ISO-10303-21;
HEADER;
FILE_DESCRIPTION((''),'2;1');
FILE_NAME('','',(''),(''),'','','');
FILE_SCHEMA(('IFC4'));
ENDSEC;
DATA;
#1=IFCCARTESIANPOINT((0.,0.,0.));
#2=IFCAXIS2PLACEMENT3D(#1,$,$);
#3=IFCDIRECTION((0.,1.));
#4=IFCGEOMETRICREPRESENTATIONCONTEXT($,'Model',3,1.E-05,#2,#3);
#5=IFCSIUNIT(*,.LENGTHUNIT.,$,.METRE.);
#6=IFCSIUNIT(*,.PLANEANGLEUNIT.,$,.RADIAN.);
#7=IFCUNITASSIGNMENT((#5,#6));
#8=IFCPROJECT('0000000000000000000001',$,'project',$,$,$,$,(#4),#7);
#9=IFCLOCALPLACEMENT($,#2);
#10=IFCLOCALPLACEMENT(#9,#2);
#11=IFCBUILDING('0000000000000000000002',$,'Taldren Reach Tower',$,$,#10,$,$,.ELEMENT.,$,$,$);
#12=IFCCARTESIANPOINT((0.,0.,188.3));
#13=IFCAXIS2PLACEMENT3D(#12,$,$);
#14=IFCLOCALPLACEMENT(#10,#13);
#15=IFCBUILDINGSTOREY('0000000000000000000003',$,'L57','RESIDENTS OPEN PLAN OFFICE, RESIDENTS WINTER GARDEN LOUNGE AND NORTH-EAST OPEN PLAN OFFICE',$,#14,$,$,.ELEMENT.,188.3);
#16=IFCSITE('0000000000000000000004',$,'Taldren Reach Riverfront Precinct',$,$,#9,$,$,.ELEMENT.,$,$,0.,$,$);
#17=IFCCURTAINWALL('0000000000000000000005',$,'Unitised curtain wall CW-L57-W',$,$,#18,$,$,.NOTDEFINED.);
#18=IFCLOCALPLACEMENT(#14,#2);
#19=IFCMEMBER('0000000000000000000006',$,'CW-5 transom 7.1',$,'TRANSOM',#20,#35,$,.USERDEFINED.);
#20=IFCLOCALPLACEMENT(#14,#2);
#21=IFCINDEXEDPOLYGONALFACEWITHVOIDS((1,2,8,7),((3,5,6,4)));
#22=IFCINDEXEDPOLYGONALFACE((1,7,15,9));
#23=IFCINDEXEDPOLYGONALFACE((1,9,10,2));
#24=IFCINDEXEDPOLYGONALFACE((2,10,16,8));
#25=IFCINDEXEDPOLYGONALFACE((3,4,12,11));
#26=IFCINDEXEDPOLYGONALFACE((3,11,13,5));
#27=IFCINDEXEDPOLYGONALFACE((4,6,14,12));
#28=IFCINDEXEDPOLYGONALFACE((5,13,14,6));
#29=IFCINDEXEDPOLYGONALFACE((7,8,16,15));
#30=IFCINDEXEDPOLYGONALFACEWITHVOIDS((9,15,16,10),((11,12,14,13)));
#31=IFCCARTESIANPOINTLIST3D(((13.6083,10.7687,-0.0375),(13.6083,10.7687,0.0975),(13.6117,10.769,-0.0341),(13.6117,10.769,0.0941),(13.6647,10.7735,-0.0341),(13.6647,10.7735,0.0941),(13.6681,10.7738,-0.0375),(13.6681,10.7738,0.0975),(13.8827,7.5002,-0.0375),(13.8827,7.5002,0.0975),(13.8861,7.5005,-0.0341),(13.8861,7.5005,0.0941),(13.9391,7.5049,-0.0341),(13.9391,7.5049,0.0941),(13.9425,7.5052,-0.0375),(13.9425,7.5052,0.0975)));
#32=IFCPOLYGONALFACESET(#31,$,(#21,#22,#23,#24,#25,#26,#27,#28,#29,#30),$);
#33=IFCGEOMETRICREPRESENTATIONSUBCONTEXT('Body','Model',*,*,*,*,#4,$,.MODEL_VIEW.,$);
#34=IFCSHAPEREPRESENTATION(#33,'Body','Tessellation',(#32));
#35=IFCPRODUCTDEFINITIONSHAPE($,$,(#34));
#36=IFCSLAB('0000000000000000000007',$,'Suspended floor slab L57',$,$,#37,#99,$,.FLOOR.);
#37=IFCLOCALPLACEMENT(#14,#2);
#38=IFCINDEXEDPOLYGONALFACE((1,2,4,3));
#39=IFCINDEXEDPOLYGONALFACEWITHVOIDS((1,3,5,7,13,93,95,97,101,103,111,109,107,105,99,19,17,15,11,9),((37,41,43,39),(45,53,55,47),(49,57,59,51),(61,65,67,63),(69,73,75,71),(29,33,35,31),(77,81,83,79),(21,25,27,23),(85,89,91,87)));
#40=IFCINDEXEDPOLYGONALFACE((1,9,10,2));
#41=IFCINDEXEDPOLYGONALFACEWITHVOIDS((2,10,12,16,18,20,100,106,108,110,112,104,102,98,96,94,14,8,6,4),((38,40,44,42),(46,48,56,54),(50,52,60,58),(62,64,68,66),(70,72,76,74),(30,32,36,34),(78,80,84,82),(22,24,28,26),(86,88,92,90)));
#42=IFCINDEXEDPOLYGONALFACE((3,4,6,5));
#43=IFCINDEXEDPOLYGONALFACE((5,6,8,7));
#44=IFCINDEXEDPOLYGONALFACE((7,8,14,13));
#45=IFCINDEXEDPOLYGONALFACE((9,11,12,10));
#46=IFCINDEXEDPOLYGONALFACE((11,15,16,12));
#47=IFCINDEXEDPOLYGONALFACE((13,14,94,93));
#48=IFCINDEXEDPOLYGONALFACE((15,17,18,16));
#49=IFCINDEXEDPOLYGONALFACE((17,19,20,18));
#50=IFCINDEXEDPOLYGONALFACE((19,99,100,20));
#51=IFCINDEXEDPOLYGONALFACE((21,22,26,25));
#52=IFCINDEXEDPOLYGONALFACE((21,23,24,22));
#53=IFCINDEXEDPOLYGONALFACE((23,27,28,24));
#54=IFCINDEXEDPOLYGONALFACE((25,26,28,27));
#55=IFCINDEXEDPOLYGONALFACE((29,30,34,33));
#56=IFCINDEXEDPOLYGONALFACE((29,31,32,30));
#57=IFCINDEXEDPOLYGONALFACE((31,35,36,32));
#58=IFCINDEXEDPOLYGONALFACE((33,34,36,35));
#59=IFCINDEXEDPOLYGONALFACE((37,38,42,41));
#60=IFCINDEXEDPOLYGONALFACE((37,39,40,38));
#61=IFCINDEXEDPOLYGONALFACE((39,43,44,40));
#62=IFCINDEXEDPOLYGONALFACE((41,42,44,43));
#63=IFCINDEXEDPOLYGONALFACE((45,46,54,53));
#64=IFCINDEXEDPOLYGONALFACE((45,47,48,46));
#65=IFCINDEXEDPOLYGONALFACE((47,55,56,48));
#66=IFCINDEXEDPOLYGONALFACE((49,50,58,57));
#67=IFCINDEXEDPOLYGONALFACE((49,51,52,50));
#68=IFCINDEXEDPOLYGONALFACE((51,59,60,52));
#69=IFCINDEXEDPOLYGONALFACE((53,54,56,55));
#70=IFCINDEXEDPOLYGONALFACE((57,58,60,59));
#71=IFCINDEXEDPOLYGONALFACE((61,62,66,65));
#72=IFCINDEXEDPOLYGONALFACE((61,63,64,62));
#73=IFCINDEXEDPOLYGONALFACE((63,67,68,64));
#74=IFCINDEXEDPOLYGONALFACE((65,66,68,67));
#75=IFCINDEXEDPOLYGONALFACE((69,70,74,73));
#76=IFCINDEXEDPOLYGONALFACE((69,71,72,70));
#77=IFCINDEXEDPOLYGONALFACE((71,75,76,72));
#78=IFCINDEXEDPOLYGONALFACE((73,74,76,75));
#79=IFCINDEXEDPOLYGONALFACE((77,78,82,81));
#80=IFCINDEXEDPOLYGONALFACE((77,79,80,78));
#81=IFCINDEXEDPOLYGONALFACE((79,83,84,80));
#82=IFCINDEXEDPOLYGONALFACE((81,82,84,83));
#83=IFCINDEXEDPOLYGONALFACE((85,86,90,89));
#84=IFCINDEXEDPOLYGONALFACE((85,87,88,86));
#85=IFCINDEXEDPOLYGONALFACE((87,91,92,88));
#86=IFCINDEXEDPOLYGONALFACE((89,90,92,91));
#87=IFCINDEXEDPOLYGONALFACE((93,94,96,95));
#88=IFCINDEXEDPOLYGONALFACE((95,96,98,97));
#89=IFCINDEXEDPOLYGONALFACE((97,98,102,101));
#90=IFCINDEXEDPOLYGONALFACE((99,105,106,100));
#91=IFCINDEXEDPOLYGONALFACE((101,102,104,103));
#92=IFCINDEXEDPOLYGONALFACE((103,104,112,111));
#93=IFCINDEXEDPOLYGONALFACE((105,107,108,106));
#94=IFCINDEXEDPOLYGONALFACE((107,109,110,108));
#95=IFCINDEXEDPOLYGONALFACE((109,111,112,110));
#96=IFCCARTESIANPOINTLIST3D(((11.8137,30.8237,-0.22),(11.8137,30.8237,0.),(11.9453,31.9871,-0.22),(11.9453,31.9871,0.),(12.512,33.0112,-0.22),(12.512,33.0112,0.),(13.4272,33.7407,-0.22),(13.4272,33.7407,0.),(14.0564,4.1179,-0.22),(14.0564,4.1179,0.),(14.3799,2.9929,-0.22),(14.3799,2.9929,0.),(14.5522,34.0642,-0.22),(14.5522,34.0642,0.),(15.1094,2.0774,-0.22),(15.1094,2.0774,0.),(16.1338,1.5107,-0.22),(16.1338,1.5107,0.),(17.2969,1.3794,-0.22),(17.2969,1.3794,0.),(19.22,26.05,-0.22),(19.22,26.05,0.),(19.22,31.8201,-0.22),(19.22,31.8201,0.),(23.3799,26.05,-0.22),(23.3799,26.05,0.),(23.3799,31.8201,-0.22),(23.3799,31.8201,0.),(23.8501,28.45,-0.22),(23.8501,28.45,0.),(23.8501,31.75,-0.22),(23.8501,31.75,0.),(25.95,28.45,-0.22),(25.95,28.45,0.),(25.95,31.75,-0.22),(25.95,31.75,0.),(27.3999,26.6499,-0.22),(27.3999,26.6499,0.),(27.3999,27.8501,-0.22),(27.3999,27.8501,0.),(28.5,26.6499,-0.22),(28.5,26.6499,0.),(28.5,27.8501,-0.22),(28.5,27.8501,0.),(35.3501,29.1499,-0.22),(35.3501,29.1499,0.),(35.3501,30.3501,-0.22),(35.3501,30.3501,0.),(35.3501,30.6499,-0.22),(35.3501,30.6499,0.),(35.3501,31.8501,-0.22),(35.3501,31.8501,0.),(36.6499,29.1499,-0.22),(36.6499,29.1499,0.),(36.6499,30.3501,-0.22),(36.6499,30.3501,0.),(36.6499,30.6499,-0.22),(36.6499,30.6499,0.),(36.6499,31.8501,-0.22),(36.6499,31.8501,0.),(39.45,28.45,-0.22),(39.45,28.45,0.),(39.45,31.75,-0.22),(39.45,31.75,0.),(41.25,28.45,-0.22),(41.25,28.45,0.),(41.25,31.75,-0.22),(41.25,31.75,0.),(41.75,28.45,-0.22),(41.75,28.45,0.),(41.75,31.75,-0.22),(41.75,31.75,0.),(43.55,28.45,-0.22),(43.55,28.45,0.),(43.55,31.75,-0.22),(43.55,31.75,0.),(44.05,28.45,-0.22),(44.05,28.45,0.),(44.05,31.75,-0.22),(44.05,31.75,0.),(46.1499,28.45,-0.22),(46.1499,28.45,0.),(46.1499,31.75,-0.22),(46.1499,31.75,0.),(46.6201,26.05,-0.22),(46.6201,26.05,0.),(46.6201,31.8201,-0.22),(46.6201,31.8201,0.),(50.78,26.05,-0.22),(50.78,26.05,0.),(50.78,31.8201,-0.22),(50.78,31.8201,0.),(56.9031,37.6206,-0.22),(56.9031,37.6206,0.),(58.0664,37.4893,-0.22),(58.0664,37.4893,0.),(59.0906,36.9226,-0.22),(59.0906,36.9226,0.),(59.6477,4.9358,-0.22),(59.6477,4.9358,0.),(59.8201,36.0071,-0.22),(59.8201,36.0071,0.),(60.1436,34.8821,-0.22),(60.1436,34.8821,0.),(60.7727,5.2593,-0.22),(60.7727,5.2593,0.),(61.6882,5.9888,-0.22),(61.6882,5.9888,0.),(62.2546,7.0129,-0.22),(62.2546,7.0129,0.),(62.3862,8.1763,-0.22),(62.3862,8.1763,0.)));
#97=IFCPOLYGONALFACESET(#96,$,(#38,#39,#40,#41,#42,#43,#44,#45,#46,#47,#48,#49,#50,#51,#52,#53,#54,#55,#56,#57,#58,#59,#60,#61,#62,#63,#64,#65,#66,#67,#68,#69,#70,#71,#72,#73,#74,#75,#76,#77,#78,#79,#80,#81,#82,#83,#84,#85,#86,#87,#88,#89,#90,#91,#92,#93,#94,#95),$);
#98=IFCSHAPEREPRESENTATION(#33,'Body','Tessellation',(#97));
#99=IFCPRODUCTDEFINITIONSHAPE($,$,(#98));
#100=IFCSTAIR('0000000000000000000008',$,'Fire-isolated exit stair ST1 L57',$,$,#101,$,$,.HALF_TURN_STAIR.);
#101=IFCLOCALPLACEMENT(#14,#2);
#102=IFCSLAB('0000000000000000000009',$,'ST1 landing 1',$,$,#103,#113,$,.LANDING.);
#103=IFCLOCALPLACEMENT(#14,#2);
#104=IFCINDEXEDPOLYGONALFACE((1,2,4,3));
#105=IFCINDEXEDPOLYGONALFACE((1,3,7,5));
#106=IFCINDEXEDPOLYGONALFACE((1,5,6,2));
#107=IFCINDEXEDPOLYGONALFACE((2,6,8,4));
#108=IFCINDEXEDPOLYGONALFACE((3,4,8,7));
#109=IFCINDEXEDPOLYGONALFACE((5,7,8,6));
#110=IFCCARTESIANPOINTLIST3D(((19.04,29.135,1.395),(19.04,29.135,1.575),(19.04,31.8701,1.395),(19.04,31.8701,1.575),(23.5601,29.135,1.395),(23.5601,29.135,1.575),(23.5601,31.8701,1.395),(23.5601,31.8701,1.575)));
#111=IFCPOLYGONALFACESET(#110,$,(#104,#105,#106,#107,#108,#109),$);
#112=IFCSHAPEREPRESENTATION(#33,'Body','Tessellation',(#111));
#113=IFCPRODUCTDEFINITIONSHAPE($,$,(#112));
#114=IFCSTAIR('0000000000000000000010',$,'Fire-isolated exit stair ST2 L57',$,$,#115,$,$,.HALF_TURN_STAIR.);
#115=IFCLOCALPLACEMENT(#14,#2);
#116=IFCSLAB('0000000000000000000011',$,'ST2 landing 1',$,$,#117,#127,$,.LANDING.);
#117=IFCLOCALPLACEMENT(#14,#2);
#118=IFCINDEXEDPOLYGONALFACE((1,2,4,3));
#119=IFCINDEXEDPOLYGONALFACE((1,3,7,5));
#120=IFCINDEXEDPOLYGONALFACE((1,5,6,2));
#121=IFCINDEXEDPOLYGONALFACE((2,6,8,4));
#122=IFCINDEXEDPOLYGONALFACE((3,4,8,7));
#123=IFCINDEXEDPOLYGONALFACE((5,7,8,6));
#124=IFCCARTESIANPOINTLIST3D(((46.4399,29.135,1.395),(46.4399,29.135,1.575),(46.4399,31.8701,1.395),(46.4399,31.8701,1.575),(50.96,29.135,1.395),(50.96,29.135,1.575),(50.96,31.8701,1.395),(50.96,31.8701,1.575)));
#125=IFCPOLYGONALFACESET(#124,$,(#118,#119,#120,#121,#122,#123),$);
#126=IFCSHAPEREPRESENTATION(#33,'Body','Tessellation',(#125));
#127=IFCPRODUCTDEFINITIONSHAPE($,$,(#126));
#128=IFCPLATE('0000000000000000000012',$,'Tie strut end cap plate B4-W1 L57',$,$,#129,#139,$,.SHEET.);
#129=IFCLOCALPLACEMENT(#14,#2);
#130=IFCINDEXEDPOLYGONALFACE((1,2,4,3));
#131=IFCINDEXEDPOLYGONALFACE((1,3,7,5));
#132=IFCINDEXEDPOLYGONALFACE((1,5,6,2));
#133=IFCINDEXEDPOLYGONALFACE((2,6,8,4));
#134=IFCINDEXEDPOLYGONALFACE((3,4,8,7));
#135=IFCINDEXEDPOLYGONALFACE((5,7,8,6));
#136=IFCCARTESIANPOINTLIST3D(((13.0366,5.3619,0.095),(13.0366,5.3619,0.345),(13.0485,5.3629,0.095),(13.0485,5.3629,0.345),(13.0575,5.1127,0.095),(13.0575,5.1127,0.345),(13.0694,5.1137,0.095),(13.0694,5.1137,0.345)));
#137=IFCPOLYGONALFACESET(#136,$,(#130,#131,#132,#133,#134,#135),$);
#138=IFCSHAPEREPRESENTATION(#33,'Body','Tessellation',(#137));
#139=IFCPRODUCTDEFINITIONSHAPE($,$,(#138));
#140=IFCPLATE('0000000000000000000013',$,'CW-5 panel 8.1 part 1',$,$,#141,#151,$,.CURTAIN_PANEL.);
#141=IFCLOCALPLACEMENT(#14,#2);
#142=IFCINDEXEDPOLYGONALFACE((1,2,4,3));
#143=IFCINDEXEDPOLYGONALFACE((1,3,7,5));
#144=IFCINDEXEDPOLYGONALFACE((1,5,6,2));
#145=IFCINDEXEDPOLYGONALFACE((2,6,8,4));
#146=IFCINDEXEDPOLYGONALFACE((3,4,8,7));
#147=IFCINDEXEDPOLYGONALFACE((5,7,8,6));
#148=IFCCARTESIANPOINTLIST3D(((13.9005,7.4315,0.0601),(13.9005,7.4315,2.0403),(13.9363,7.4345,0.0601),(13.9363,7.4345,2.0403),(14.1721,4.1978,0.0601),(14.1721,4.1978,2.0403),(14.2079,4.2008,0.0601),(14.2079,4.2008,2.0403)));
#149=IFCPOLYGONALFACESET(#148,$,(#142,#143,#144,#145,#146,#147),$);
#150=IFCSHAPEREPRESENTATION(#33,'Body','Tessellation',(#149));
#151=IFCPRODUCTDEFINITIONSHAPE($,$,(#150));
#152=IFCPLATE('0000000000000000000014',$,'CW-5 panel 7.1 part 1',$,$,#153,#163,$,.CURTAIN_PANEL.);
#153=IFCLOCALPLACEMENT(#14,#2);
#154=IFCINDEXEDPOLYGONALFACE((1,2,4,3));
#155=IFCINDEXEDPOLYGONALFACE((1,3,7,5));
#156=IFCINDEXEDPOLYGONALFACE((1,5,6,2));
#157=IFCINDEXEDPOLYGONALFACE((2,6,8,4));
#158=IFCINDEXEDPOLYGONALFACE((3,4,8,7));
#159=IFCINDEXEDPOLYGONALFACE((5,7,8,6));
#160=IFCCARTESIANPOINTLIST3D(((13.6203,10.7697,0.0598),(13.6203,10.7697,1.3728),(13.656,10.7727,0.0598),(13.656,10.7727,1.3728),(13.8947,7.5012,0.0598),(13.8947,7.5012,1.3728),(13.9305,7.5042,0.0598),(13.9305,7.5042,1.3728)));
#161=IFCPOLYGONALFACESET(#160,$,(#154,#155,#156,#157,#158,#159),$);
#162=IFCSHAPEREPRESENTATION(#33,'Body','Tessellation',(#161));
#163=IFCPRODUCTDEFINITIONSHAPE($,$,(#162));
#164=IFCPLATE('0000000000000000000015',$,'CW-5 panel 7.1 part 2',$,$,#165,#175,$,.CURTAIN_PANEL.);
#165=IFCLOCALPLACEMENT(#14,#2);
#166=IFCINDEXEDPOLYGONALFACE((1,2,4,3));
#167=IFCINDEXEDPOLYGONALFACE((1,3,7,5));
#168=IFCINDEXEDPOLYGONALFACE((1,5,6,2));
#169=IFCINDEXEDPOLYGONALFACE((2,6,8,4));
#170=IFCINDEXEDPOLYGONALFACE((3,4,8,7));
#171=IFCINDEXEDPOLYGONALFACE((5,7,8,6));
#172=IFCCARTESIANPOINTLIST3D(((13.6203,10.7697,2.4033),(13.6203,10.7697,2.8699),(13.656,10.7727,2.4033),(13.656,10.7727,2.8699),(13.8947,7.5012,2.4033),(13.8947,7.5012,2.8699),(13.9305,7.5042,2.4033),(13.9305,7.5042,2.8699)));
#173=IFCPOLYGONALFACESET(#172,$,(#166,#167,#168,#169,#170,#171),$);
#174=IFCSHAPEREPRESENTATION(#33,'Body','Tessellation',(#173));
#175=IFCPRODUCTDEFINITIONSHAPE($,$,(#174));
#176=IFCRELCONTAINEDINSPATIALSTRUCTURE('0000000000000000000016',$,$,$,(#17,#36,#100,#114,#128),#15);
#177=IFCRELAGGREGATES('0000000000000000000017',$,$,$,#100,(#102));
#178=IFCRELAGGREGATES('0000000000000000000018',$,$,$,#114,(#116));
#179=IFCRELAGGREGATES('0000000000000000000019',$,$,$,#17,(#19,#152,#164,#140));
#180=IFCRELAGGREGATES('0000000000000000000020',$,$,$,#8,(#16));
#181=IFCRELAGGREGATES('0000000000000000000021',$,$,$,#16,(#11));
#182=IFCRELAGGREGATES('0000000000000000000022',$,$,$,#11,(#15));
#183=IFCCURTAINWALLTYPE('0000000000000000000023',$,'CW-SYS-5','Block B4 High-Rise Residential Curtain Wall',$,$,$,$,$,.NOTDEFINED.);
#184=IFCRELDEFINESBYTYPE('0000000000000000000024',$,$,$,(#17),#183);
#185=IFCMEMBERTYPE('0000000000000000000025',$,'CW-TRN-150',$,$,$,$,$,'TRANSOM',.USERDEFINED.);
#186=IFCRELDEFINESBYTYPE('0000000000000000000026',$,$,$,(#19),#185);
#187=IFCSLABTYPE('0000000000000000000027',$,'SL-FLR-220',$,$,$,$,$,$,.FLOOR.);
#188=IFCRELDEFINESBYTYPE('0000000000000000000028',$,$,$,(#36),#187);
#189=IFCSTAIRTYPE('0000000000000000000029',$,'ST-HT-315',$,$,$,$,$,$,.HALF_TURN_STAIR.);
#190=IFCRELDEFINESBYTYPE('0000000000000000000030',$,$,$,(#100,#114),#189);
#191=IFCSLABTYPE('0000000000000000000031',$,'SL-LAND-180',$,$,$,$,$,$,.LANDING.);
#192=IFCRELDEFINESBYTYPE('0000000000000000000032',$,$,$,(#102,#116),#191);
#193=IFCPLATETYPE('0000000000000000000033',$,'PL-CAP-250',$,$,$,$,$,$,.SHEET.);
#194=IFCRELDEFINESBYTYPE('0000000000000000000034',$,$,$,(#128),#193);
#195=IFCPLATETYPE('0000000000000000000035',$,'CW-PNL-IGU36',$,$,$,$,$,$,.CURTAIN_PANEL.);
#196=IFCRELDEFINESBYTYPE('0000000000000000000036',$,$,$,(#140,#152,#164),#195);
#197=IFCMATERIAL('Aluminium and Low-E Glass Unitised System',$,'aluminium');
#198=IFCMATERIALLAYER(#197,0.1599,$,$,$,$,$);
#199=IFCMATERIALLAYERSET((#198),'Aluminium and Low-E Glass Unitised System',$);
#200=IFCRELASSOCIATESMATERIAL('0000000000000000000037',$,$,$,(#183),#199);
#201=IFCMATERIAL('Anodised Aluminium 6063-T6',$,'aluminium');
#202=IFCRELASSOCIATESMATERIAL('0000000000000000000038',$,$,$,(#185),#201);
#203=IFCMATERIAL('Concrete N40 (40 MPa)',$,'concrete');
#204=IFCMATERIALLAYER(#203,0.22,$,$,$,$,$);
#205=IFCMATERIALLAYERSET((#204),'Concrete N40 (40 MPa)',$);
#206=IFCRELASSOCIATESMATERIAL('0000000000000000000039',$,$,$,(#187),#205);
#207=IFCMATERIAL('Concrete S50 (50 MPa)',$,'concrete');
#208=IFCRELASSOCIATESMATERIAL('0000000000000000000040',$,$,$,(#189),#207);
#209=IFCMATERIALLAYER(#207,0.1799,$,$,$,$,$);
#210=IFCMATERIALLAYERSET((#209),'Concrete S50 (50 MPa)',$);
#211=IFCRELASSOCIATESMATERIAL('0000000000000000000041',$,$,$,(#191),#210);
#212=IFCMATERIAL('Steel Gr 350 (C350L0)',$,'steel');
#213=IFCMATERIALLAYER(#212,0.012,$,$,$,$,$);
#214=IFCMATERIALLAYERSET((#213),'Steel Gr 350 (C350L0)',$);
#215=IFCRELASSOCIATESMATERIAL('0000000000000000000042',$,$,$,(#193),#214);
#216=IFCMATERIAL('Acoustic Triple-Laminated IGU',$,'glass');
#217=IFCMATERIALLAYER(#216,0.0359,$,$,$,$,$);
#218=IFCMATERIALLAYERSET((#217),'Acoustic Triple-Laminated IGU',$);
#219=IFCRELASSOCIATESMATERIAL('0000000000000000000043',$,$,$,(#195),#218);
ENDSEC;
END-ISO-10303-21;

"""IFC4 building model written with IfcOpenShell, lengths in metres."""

from ifc_helpers import new_model, si_unit, direction, frame, origin, origin_2d, place, context, subcontext, project, spatial, polyline, rectangle, hollow_rectangle, outline, extrude, source, transform, mapped, material, layer, layer_set, material_profile, profile_set, type_object, element, aggregate, save


model = new_model("IFC4")

# Units and contexts
model_context = context("Model", 3, precision=1e-05, world=origin(), true_north=direction((0.0, 1.0)))
body_context = subcontext(model_context, "Body", "Model", "MODEL_VIEW")
ifc_project = project(units=[si_unit("LENGTHUNIT", "METRE"), si_unit("PLANEANGLEUNIT", "RADIAN")], contexts=[model_context])

# Site, building, storey
site_placement = place(None, origin())
site = spatial("IfcSite", under=ifc_project, at=site_placement, Name="Taldren Reach Riverfront Precinct", CompositionType="ELEMENT", RefElevation=0.0)
building_placement = place(site_placement, origin())
building = spatial("IfcBuilding", under=site, at=building_placement, Name="Taldren Reach Tower", CompositionType="ELEMENT")
storey_placement = place(building_placement, frame((0.0, 0.0, 188.3)))
storey = spatial("IfcBuildingStorey", under=building, at=storey_placement, Name="L57", Description="RESIDENTS OPEN PLAN OFFICE, RESIDENTS WINTER GARDEN LOUNGE AND NORTH-EAST OPEN PLAN OFFICE", CompositionType="ELEMENT", Elevation=188.3)

# Shared definitions
ifc_material_1 = material(Name="Steel Gr 350 (C350L0)", Category="steel")

# Shared definitions
ifc_material_2 = material(Name="Aluminium and Low-E Glass Unitised System", Category="aluminium")
ifc_layer_1 = layer(ifc_material_2, 0.1599)
ifc_layer_set_1 = layer_set([ifc_layer_1], Name="Aluminium and Low-E Glass Unitised System")
curtain_wall_type = type_object("IfcCurtainWallType", Name="CW-SYS-5", Description="Block B4 High-Rise Residential Curtain Wall", PredefinedType="NOTDEFINED", material=ifc_layer_set_1)
ifc_material_3 = material(Name="Anodised Aluminium 6063-T6", Category="aluminium")

# Curtain wall
curtain_wall_1_placement = place(storey_placement, origin())
curtain_wall_1 = element("IfcCurtainWall", 1, at=curtain_wall_1_placement, inside=storey, type_object=curtain_wall_type, Name="Unitised curtain wall CW-L57-W", PredefinedType="NOTDEFINED")

# Member
ifc_material_profile_1 = material_profile(ifc_material_3, hollow_rectangle(XDim=0.0601, YDim=0.135, WallThickness=0.0034, at=origin_2d()), Name="ALU-135x60x3.5RHS")
ifc_profile_set_1 = profile_set([ifc_material_profile_1], Name="Anodised Aluminium 6063-T6")
member_type_1 = type_object("IfcMemberType", Name="CW-TRN-150", ElementType="TRANSOM", PredefinedType="USERDEFINED", material=ifc_profile_set_1)
shared_shape_1 = source(origin(), body_context, "Body", "SweptSolid", [
    extrude(hollow_rectangle(XDim=0.0601, YDim=0.135, WallThickness=0.0034, at=origin_2d()), origin(), (0.0, 0.0, 1.0), 3.28),
])
member_1_placement = place(storey_placement, frame((13.6382, 10.7712, 0.03), z_axis=(0.083661, -0.996494, 0.0), x_axis=(0.996494, 0.083661, 0.0)))
member_1 = element("IfcMember", 2, at=member_1_placement, type_object=member_type_1, Name="CW-5 transom 7.1", ObjectType="TRANSOM", PredefinedType="USERDEFINED", context=body_context, shape_type="MappedRepresentation", body=[
    mapped(shared_shape_1, transform((0.0, 0.0, 0.0), scale=1.0)),
])

# Slab
ifc_material_4 = material(Name="Concrete N40 (40 MPa)", Category="concrete")
ifc_layer_2 = layer(ifc_material_4, 0.22)
ifc_layer_set_2 = layer_set([ifc_layer_2], Name="Concrete N40 (40 MPa)")
slab_type_1 = type_object("IfcSlabType", Name="SL-FLR-220", PredefinedType="FLOOR", material=ifc_layer_set_2)
slab_1_placement = place(storey_placement, frame((0.0, 0.0, -0.22)))
element("IfcSlab", 3, at=slab_1_placement, inside=storey, type_object=slab_type_1, Name="Suspended floor slab L57", PredefinedType="FLOOR", context=body_context, shape_type="SweptSolid", body=[
    extrude(outline(polyline([(59.6477, 4.9358), (60.7727, 5.2593), (61.6882, 5.9888), (62.2546, 7.0129), (62.3862, 8.1763), (60.1436, 34.8821), (59.8201, 36.0071), (59.0906, 36.9226), (58.0664, 37.4893), (56.9031, 37.6206), (14.5522, 34.0642), (13.4272, 33.7407), (12.512, 33.0112), (11.9453, 31.9871), (11.8137, 30.8237), (14.0564, 4.1179), (14.3799, 2.9929), (15.1094, 2.0774), (16.1338, 1.5107), (17.2969, 1.3794), (59.6477, 4.9358)]), holes=[polyline([(19.22, 26.05), (23.3799, 26.05), (23.3799, 31.8201), (19.22, 31.8201), (19.22, 26.05)]), polyline([(46.6201, 26.05), (50.78, 26.05), (50.78, 31.8201), (46.6201, 31.8201), (46.6201, 26.05)]), polyline([(23.8501, 28.45), (25.95, 28.45), (25.95, 31.75), (23.8501, 31.75), (23.8501, 28.45)]), polyline([(44.05, 28.45), (46.1499, 28.45), (46.1499, 31.75), (44.05, 31.75), (44.05, 28.45)]), polyline([(39.45, 28.45), (41.25, 28.45), (41.25, 31.75), (39.45, 31.75), (39.45, 28.45)]), polyline([(41.75, 28.45), (43.55, 28.45), (43.55, 31.75), (41.75, 31.75), (41.75, 28.45)]), polyline([(35.3501, 30.6499), (36.6499, 30.6499), (36.6499, 31.8501), (35.3501, 31.8501), (35.3501, 30.6499)]), polyline([(35.3501, 29.1499), (36.6499, 29.1499), (36.6499, 30.3501), (35.3501, 30.3501), (35.3501, 29.1499)]), polyline([(27.3999, 26.6499), (28.5, 26.6499), (28.5, 27.8501), (27.3999, 27.8501), (27.3999, 26.6499)])]), origin(), (0.0, 0.0, 1.0), 0.22),
])

# Stairs, slabs
ifc_material_5 = material(Name="Concrete S50 (50 MPa)", Category="concrete")
stair_type = type_object("IfcStairType", Name="ST-HT-315", PredefinedType="HALF_TURN_STAIR", material=ifc_material_5)
stair_1_placement = place(storey_placement, origin())
stair_1 = element("IfcStair", 4, at=stair_1_placement, inside=storey, type_object=stair_type, Name="Fire-isolated exit stair ST1 L57", PredefinedType="HALF_TURN_STAIR")
ifc_layer_3 = layer(ifc_material_5, 0.1799)
ifc_layer_set_3 = layer_set([ifc_layer_3], Name="Concrete S50 (50 MPa)")
slab_type_2 = type_object("IfcSlabType", Name="SL-LAND-180", PredefinedType="LANDING", material=ifc_layer_set_3)
slab_2_placement = place(storey_placement, frame((0.0, 0.0, 1.395)))
slab_2 = element("IfcSlab", 5, at=slab_2_placement, type_object=slab_type_2, Name="ST1 landing 1", PredefinedType="LANDING", context=body_context, shape_type="SweptSolid", body=[
    extrude(outline(polyline([(19.04, 29.135), (23.5601, 29.135), (23.5601, 31.8701), (19.04, 31.8701), (19.04, 29.135)])), origin(), (0.0, 0.0, 1.0), 0.1799),
])
aggregate(stair_1, [slab_2])
stair_2_placement = place(storey_placement, origin())
stair_2 = element("IfcStair", 6, at=stair_2_placement, inside=storey, type_object=stair_type, Name="Fire-isolated exit stair ST2 L57", PredefinedType="HALF_TURN_STAIR")
slab_3_placement = place(storey_placement, frame((0.0, 0.0, 1.395)))
slab_3 = element("IfcSlab", 7, at=slab_3_placement, type_object=slab_type_2, Name="ST2 landing 1", PredefinedType="LANDING", context=body_context, shape_type="SweptSolid", body=[
    extrude(outline(polyline([(46.4399, 29.135), (50.96, 29.135), (50.96, 31.8701), (46.4399, 31.8701), (46.4399, 29.135)])), origin(), (0.0, 0.0, 1.0), 0.1799),
])
aggregate(stair_2, [slab_3])

# Plates
ifc_layer_4 = layer(ifc_material_1, 0.012)
ifc_layer_set_4 = layer_set([ifc_layer_4], Name="Steel Gr 350 (C350L0)")
plate_type_1 = type_object("IfcPlateType", Name="PL-CAP-250", PredefinedType="SHEET", material=ifc_layer_set_4)
shared_shape_2 = source(origin(), body_context, "Body", "SweptSolid", [
    extrude(rectangle(XDim=0.012, YDim=0.25, at=origin_2d()), origin(), (0.0, 0.0, 1.0), 0.25),
])
plate_1_placement = place(storey_placement, frame((13.053, 5.2378, 0.095), z_axis=(0.0, 0.0, 1.0), x_axis=(0.996493, 0.083678, 0.0)))
element("IfcPlate", 8, at=plate_1_placement, inside=storey, type_object=plate_type_1, Name="Tie strut end cap plate B4-W1 L57", PredefinedType="SHEET", context=body_context, shape_type="MappedRepresentation", body=[
    mapped(shared_shape_2, transform((0.0, 0.0, 0.0), scale=1.0)),
])
ifc_material_6 = material(Name="Acoustic Triple-Laminated IGU", Category="glass")
ifc_layer_5 = layer(ifc_material_6, 0.0359)
ifc_layer_set_5 = layer_set([ifc_layer_5], Name="Acoustic Triple-Laminated IGU")
plate_type_2 = type_object("IfcPlateType", Name="CW-PNL-IGU36", PredefinedType="CURTAIN_PANEL", material=ifc_layer_set_5)
shared_shape_3 = source(origin(), body_context, "Body", "SweptSolid", [
    extrude(rectangle(XDim=3.2451, YDim=0.0359, at=origin_2d()), origin(), (0.0, 0.0, 1.0), 1.9802),
])
plate_2_placement = place(storey_placement, frame((14.0542, 5.8162, 0.0601), z_axis=(0.0, 0.0, 1.0), x_axis=(0.083678, -0.996493, 0.0)))
plate_2 = element("IfcPlate", 9, at=plate_2_placement, type_object=plate_type_2, Name="CW-5 panel 8.1 part 1", PredefinedType="CURTAIN_PANEL", context=body_context, shape_type="MappedRepresentation", body=[
    mapped(shared_shape_3, transform((0.0, 0.0, 0.0), scale=1.0)),
])
shared_shape_4 = source(origin(), body_context, "Body", "SweptSolid", [
    extrude(rectangle(XDim=3.28, YDim=0.0359, at=origin_2d()), origin(), (0.0, 0.0, 1.0), 1.313),
])
plate_3_placement = place(storey_placement, frame((13.7754, 9.137, 0.0598), z_axis=(0.0, 0.0, 1.0), x_axis=(0.083678, -0.996493, 0.0)))
plate_3 = element("IfcPlate", 10, at=plate_3_placement, type_object=plate_type_2, Name="CW-5 panel 7.1 part 1", PredefinedType="CURTAIN_PANEL", context=body_context, shape_type="MappedRepresentation", body=[
    mapped(shared_shape_4, transform((0.0, 0.0, 0.0), scale=1.0)),
])
shared_shape_5 = source(origin(), body_context, "Body", "SweptSolid", [
    extrude(rectangle(XDim=3.28, YDim=0.0359, at=origin_2d()), origin(), (0.0, 0.0, 1.0), 0.4666),
])
plate_4_placement = place(storey_placement, frame((13.7754, 9.137, 2.4033), z_axis=(0.0, 0.0, 1.0), x_axis=(0.083678, -0.996493, 0.0)))
plate_4 = element("IfcPlate", 11, at=plate_4_placement, type_object=plate_type_2, Name="CW-5 panel 7.1 part 2", PredefinedType="CURTAIN_PANEL", context=body_context, shape_type="MappedRepresentation", body=[
    mapped(shared_shape_5, transform((0.0, 0.0, 0.0), scale=1.0)),
])
aggregate(curtain_wall_1, [member_1, plate_3, plate_4, plate_2])

save(model, "model.ifc")
